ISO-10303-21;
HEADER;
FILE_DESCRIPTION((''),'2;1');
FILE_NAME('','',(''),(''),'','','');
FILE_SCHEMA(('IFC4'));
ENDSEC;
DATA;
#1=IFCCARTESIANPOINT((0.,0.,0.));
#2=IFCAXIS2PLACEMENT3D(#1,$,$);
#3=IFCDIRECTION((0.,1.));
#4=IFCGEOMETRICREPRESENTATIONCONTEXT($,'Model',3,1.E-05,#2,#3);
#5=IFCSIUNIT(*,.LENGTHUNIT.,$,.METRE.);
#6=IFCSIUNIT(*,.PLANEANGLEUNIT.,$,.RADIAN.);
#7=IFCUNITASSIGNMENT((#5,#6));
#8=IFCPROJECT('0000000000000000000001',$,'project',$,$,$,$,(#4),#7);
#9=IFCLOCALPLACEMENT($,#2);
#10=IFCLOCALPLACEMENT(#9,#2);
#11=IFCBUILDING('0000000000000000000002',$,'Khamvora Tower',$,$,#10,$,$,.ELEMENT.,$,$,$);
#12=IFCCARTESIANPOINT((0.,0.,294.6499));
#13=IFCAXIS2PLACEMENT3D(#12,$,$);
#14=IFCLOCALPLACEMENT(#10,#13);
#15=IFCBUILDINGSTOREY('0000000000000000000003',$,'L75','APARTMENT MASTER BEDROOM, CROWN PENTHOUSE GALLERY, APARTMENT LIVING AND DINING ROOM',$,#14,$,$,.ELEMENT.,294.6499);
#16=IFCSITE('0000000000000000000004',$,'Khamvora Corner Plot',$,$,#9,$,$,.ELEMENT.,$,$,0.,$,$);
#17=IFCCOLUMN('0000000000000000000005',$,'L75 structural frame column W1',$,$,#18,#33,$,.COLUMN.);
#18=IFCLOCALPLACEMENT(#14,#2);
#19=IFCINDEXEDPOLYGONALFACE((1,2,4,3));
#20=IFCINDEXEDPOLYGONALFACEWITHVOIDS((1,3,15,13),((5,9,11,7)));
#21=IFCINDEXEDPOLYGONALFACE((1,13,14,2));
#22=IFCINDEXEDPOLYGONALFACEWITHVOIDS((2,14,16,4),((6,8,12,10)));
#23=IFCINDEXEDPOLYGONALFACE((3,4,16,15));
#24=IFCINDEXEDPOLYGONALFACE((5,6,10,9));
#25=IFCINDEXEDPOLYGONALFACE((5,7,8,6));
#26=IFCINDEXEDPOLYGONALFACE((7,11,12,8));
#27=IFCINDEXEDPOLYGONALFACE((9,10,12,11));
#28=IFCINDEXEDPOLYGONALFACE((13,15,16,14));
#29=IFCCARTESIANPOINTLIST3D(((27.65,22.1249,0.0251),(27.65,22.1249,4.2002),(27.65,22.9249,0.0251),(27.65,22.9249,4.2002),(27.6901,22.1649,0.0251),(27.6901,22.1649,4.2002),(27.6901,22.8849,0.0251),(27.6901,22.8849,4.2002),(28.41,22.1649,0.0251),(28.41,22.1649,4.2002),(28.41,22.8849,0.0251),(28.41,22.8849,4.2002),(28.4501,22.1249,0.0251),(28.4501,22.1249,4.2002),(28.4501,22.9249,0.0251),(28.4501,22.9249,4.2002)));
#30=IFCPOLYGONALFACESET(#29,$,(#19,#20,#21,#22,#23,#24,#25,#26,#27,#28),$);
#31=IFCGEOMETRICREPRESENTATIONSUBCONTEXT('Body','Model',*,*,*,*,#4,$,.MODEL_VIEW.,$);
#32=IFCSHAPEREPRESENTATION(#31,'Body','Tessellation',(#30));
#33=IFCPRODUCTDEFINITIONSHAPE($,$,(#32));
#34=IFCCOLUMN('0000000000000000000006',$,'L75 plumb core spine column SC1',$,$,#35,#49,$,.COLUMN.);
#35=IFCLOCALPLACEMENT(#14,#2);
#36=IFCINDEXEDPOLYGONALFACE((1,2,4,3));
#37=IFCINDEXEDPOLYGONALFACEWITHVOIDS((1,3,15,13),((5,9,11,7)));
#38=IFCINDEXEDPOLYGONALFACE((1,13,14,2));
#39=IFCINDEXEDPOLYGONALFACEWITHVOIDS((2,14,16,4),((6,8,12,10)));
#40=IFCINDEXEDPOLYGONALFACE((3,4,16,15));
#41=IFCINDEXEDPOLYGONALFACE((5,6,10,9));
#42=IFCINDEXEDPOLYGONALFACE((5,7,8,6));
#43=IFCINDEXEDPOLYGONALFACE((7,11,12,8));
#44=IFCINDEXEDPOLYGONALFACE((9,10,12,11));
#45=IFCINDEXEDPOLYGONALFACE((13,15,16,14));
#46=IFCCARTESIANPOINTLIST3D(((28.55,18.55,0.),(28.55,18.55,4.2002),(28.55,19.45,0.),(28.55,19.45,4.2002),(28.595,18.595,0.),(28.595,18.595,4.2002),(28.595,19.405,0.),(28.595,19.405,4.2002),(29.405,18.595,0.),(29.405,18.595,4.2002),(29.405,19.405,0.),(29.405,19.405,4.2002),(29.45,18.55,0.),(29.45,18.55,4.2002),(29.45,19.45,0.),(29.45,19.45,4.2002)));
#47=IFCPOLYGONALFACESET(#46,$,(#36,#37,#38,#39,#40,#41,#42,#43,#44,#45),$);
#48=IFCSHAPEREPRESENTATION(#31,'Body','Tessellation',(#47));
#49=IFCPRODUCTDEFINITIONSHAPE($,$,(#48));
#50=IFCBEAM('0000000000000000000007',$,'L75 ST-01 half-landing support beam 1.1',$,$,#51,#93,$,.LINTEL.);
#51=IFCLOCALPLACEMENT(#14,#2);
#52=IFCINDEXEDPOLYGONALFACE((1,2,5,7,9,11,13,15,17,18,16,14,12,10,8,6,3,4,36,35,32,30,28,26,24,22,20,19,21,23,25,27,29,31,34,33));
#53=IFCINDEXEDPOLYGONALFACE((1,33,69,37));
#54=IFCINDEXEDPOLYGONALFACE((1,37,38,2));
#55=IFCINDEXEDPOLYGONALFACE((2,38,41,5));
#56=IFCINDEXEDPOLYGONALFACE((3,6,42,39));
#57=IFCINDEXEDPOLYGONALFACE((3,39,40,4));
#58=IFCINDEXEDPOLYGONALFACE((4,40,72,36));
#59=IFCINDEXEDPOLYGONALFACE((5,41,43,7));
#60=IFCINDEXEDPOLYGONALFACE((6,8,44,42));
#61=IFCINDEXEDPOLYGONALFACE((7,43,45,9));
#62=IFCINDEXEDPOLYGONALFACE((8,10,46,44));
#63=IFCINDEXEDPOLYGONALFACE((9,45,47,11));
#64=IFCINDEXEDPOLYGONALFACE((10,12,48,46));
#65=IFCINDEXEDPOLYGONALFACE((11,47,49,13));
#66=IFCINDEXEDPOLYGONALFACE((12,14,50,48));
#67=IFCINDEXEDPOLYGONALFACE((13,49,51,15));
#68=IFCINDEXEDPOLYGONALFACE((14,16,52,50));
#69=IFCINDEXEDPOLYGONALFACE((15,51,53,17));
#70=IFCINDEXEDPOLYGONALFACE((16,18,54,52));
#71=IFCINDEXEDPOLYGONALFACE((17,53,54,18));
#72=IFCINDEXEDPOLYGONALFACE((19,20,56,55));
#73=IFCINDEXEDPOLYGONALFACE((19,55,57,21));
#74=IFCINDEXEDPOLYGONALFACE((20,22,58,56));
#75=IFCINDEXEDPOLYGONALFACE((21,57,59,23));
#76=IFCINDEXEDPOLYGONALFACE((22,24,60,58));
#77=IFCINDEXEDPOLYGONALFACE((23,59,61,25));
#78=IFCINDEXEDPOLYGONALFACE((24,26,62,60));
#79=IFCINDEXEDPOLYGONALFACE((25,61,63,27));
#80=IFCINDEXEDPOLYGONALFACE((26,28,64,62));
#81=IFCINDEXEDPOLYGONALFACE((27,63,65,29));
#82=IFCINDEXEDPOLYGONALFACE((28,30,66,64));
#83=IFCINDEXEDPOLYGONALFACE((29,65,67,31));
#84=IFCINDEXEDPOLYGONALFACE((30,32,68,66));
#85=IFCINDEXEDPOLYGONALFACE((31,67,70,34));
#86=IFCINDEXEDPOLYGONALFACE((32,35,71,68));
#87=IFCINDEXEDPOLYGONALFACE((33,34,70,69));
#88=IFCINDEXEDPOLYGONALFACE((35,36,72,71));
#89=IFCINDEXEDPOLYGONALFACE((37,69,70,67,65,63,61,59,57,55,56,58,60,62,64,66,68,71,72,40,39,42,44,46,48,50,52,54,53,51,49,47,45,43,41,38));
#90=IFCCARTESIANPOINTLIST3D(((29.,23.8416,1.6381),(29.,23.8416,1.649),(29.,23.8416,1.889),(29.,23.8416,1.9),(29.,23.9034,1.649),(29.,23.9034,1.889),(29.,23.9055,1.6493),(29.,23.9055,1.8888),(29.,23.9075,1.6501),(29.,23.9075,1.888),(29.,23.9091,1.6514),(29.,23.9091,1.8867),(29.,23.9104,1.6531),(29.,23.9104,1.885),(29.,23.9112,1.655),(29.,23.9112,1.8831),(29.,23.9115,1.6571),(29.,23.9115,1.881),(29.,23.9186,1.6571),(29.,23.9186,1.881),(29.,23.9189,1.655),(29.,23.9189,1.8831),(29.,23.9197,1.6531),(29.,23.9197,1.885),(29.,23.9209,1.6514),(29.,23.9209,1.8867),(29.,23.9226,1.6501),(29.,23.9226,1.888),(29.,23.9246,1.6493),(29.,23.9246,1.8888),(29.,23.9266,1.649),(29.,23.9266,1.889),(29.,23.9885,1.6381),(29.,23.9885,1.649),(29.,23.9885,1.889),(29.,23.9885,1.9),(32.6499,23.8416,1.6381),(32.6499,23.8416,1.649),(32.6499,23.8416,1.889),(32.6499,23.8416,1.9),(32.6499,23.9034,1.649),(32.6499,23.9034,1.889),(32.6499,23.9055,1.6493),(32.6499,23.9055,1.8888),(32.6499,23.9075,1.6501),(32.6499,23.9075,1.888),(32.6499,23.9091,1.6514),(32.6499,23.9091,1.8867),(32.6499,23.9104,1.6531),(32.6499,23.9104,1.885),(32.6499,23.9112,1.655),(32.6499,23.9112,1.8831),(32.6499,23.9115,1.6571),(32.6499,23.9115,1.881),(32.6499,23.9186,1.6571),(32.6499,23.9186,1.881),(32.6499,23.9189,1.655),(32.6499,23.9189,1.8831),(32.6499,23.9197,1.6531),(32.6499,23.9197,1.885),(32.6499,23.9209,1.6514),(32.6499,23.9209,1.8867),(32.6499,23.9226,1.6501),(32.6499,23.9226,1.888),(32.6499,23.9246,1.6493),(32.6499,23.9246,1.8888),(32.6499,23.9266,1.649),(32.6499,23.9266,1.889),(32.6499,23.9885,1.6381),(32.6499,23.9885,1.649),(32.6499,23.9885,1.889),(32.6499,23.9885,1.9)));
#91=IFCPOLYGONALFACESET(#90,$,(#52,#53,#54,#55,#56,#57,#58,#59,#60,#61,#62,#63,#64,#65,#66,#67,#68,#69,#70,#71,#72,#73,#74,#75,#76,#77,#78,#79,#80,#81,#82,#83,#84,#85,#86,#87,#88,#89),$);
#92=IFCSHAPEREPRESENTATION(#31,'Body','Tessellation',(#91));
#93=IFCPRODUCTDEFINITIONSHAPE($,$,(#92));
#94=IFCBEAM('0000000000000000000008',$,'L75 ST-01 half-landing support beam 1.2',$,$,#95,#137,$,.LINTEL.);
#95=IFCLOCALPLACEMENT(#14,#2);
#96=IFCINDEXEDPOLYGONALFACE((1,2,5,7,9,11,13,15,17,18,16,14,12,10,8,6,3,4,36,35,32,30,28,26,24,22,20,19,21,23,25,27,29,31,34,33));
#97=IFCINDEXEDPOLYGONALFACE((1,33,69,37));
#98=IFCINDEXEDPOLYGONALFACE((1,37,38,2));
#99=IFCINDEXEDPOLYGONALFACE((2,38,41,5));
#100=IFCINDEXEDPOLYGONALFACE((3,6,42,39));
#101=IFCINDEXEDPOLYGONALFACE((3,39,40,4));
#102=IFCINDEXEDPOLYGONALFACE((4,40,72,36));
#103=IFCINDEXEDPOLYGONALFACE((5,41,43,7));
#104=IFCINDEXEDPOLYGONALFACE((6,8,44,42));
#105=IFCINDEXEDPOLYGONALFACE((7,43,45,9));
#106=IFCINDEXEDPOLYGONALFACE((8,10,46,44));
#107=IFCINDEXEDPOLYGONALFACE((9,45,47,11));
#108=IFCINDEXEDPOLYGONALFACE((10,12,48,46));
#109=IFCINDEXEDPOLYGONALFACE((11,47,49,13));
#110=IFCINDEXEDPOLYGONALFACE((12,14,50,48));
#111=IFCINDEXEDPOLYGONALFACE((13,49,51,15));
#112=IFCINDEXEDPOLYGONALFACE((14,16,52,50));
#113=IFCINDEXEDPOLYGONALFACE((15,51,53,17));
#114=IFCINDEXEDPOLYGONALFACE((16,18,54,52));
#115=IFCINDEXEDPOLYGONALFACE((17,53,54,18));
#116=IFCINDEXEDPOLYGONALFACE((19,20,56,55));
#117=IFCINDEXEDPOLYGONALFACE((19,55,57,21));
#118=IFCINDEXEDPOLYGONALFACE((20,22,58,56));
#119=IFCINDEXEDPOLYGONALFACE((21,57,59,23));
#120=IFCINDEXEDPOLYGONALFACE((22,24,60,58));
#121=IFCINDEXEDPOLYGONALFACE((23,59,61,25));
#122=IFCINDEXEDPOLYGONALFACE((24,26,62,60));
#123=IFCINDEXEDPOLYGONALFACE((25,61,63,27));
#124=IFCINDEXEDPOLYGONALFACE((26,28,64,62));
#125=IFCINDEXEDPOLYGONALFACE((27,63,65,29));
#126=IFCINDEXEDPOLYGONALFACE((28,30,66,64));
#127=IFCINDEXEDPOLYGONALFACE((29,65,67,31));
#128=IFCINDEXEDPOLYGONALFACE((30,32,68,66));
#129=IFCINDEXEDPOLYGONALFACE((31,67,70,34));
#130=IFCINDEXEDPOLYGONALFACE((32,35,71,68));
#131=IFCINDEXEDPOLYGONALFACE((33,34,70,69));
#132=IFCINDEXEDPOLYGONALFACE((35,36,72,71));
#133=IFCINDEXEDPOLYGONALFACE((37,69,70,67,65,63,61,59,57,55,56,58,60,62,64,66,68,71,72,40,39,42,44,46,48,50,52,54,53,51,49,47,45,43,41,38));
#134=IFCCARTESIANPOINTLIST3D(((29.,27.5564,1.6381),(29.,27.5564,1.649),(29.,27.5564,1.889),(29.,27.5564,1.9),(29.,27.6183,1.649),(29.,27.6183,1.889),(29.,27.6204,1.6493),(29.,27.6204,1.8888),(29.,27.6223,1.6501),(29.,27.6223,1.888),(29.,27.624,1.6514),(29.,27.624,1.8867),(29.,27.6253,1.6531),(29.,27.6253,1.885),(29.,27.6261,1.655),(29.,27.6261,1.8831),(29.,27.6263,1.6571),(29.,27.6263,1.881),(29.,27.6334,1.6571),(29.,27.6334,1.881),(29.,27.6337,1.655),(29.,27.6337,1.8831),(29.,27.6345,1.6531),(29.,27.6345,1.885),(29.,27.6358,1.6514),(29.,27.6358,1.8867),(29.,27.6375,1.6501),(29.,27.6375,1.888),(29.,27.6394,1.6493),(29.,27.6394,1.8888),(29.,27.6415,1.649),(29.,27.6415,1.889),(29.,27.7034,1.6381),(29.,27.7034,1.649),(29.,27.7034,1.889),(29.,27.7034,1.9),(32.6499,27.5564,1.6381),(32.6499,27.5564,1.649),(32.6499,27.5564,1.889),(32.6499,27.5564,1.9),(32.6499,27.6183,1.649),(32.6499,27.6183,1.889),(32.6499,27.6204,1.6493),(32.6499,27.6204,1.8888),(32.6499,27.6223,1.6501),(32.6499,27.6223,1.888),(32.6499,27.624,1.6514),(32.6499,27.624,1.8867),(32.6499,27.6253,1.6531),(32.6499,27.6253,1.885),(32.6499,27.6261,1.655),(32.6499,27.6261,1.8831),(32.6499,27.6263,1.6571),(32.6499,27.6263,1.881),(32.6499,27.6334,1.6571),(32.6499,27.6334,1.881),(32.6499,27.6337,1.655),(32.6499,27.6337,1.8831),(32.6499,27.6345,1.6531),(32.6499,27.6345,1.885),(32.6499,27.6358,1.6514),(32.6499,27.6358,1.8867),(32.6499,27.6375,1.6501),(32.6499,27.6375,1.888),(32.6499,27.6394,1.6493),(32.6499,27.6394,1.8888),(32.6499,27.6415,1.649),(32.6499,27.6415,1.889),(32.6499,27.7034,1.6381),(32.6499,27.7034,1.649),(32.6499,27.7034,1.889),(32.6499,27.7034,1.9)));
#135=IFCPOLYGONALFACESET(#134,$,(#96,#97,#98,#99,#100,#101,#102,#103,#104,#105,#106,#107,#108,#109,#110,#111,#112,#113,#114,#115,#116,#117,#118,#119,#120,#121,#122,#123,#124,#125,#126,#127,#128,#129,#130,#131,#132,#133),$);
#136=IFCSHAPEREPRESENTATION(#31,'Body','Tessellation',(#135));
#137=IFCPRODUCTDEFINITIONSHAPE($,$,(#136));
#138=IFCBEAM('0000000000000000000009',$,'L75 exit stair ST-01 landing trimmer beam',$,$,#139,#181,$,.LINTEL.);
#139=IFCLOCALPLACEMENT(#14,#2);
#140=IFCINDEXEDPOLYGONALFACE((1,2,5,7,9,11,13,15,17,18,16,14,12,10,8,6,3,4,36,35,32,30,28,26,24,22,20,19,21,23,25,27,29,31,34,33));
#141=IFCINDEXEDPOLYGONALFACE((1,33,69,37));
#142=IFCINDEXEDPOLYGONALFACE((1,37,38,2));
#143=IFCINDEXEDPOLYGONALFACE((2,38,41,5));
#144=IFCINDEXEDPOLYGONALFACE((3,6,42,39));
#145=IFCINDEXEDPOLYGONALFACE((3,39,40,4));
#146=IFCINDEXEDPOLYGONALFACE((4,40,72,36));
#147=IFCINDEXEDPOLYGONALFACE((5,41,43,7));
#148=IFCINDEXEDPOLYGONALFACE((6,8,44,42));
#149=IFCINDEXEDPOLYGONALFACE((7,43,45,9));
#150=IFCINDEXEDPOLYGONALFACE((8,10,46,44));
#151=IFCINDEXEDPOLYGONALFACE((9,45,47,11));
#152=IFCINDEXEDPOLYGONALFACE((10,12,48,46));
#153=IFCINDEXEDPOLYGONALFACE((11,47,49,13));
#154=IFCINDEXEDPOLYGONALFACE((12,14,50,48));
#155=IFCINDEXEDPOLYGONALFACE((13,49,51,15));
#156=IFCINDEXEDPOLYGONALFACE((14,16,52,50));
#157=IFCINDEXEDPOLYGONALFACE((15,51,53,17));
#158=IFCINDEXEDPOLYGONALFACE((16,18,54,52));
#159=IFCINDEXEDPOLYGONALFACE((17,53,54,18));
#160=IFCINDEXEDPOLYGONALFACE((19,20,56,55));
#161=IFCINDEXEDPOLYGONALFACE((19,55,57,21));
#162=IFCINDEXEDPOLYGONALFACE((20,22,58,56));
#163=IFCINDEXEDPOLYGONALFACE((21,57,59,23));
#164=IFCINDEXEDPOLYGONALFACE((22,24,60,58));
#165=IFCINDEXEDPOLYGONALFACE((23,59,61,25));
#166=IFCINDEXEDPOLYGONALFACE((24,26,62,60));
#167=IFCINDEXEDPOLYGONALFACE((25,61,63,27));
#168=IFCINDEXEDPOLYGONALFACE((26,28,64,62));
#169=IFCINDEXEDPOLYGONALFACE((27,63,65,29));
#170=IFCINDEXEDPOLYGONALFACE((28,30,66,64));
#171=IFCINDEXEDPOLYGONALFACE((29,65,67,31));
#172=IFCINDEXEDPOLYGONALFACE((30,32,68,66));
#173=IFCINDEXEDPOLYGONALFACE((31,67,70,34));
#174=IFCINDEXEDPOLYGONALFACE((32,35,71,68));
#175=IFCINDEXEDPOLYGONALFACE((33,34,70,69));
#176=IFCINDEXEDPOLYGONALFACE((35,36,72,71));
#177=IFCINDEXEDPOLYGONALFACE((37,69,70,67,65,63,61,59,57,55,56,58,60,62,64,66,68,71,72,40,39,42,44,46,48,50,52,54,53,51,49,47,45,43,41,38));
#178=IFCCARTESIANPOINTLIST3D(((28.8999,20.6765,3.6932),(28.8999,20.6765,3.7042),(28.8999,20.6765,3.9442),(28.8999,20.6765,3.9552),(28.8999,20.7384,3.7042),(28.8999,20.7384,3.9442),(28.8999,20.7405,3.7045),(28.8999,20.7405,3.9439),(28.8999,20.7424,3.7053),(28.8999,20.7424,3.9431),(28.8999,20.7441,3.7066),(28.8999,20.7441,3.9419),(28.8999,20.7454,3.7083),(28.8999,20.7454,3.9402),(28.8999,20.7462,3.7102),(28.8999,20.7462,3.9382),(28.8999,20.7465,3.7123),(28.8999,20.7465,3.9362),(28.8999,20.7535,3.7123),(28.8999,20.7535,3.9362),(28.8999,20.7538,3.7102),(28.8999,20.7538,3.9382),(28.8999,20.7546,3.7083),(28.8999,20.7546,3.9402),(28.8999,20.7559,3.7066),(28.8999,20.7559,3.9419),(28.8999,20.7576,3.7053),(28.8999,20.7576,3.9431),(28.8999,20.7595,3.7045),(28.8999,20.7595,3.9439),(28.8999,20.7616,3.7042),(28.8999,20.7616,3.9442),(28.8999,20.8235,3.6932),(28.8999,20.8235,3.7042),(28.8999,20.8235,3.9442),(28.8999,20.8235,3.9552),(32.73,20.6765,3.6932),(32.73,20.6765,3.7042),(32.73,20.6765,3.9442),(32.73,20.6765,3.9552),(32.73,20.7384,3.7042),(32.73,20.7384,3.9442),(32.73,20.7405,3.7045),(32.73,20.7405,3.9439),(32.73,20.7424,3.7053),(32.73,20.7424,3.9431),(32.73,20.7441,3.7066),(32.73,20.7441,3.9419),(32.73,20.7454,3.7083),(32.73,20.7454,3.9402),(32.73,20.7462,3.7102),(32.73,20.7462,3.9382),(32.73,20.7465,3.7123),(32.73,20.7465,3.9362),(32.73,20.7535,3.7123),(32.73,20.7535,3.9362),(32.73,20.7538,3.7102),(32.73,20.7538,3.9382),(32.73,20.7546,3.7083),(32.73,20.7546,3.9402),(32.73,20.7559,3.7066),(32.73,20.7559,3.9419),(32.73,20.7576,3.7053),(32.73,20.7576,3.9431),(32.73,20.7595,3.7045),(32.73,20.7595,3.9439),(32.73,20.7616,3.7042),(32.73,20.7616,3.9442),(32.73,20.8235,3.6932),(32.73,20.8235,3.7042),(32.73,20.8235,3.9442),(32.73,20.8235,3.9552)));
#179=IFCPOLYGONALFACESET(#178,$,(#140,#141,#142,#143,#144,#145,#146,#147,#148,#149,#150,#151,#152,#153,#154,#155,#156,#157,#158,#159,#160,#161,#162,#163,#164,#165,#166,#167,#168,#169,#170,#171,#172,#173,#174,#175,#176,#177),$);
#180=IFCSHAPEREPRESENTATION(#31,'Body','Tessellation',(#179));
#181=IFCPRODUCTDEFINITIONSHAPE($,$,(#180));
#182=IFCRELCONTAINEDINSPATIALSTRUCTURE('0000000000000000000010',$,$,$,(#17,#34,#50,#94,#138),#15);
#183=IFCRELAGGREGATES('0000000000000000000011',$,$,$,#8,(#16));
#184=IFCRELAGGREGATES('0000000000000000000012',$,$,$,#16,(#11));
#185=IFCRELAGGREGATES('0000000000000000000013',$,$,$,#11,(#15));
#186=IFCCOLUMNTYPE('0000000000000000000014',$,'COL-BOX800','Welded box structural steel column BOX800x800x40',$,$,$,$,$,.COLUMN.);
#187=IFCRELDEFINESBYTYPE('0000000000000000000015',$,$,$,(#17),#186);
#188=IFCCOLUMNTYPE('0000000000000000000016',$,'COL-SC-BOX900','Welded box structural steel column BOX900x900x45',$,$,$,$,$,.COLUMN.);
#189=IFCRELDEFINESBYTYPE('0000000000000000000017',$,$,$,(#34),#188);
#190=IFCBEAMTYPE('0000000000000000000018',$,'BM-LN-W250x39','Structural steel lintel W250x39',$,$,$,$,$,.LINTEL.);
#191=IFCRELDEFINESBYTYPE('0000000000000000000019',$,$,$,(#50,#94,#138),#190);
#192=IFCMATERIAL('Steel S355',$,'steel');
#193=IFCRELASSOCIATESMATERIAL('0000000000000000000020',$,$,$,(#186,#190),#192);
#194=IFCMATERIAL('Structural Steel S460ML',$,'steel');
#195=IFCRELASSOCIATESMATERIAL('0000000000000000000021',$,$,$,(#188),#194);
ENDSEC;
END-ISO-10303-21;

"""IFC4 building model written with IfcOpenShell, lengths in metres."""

from ifc_helpers import new_model, si_unit, direction, frame, origin, origin_2d, place, context, subcontext, project, spatial, hollow_rectangle, i_section, extrude, material, material_profile, profile_set, type_object, element, save


model = new_model("IFC4")

# Units and contexts
model_context = context("Model", 3, precision=1e-05, world=origin(), true_north=direction((0.0, 1.0)))
body_context = subcontext(model_context, "Body", "Model", "MODEL_VIEW")
ifc_project = project(units=[si_unit("LENGTHUNIT", "METRE"), si_unit("PLANEANGLEUNIT", "RADIAN")], contexts=[model_context])

# Site, building, storey
site_placement = place(None, origin())
site = spatial("IfcSite", under=ifc_project, at=site_placement, Name="Khamvora Corner Plot", CompositionType="ELEMENT", RefElevation=0.0)
building_placement = place(site_placement, origin())
building = spatial("IfcBuilding", under=site, at=building_placement, Name="Khamvora Tower", CompositionType="ELEMENT")
storey_placement = place(building_placement, frame((0.0, 0.0, 294.6499)))
storey = spatial("IfcBuildingStorey", under=building, at=storey_placement, Name="L75", Description="APARTMENT MASTER BEDROOM, CROWN PENTHOUSE GALLERY, APARTMENT LIVING AND DINING ROOM", CompositionType="ELEMENT", Elevation=294.6499)

# Columns
ifc_material_1 = material(Name="Steel S355", Category="steel")
ifc_material_profile_1 = material_profile(ifc_material_1, hollow_rectangle(XDim=0.8, YDim=0.8, WallThickness=0.04, at=origin_2d()), Name="BOX800x800x40")
ifc_profile_set_1 = profile_set([ifc_material_profile_1], Name="Steel S355")
column_type_1 = type_object("IfcColumnType", Name="COL-BOX800", Description="Welded box structural steel column BOX800x800x40", PredefinedType="COLUMN", material=ifc_profile_set_1)
column_1_placement = place(storey_placement, frame((28.05, 22.5249, 0.0251), z_axis=(0.0, 0.0, 1.0), x_axis=(1.0, 0.0, 0.0)))
element("IfcColumn", 1, at=column_1_placement, inside=storey, type_object=column_type_1, Name="L75 structural frame column W1", PredefinedType="COLUMN", context=body_context, shape_type="SweptSolid", body=[
    extrude(hollow_rectangle(XDim=0.8, YDim=0.8, WallThickness=0.04, at=origin_2d()), origin(), (0.0, 0.0, 1.0), 4.175),
])
ifc_material_2 = material(Name="Structural Steel S460ML", Category="steel")
ifc_material_profile_2 = material_profile(ifc_material_2, hollow_rectangle(XDim=0.8999, YDim=0.8999, WallThickness=0.0449, at=origin_2d()), Name="BOX900x900x45")
ifc_profile_set_2 = profile_set([ifc_material_profile_2], Name="Structural Steel S460ML")
column_type_2 = type_object("IfcColumnType", Name="COL-SC-BOX900", Description="Welded box structural steel column BOX900x900x45", PredefinedType="COLUMN", material=ifc_profile_set_2)
column_2_placement = place(storey_placement, frame((29.0, 19.0, 0.0), z_axis=(0.0, 0.0, 1.0), x_axis=(1.0, 0.0, 0.0)))
element("IfcColumn", 2, at=column_2_placement, inside=storey, type_object=column_type_2, Name="L75 plumb core spine column SC1", PredefinedType="COLUMN", context=body_context, shape_type="SweptSolid", body=[
    extrude(hollow_rectangle(XDim=0.8999, YDim=0.8999, WallThickness=0.0449, at=origin_2d()), origin(), (0.0, 0.0, 1.0), 4.2002),
])

# Beams
ifc_material_profile_3 = material_profile(ifc_material_1, i_section(OverallWidth=0.147, OverallDepth=0.262, WebThickness=0.0071, FlangeThickness=0.011, FilletRadius=0.0081, at=origin_2d()), Name="W250x39")
ifc_profile_set_3 = profile_set([ifc_material_profile_3], Name="Steel S355")
beam_type_1 = type_object("IfcBeamType", Name="BM-LN-W250x39", Description="Structural steel lintel W250x39", PredefinedType="LINTEL", material=ifc_profile_set_3)
for number, where, z_axis, x_axis, name in (
    (3, (29.0, 23.915, 1.769), (1.0, 0.0, 0.0), (0.0, 1.0, 0.0), "L75 ST-01 half-landing support beam 1.1"),
    (4, (29.0, 27.6299, 1.769), (1.0, 0.0, 0.0), (0.0, 1.0, 0.0), "L75 ST-01 half-landing support beam 1.2"),
):
    element("IfcBeam", number, at=place(storey_placement, frame(where, z_axis=z_axis, x_axis=x_axis)), inside=storey, type_object=beam_type_1, Name=name, PredefinedType="LINTEL", context=body_context, shape_type="SweptSolid", body=[
        extrude(i_section(OverallWidth=0.147, OverallDepth=0.262, WebThickness=0.0071, FlangeThickness=0.011, FilletRadius=0.0081, at=origin_2d()), origin(), (0.0, 0.0, 1.0), 3.6499),
    ])
beam_placement = place(storey_placement, frame((28.8999, 20.75, 3.8242), z_axis=(1.0, 0.0, 0.0), x_axis=(0.0, 1.0, 0.0)))
element("IfcBeam", 5, at=beam_placement, inside=storey, type_object=beam_type_1, Name="L75 exit stair ST-01 landing trimmer beam", PredefinedType="LINTEL", context=body_context, shape_type="SweptSolid", body=[
    extrude(i_section(OverallWidth=0.147, OverallDepth=0.262, WebThickness=0.0071, FlangeThickness=0.011, FilletRadius=0.0081, at=origin_2d()), origin(), (0.0, 0.0, 1.0), 3.8301),
])

save(model, "model.ifc")
